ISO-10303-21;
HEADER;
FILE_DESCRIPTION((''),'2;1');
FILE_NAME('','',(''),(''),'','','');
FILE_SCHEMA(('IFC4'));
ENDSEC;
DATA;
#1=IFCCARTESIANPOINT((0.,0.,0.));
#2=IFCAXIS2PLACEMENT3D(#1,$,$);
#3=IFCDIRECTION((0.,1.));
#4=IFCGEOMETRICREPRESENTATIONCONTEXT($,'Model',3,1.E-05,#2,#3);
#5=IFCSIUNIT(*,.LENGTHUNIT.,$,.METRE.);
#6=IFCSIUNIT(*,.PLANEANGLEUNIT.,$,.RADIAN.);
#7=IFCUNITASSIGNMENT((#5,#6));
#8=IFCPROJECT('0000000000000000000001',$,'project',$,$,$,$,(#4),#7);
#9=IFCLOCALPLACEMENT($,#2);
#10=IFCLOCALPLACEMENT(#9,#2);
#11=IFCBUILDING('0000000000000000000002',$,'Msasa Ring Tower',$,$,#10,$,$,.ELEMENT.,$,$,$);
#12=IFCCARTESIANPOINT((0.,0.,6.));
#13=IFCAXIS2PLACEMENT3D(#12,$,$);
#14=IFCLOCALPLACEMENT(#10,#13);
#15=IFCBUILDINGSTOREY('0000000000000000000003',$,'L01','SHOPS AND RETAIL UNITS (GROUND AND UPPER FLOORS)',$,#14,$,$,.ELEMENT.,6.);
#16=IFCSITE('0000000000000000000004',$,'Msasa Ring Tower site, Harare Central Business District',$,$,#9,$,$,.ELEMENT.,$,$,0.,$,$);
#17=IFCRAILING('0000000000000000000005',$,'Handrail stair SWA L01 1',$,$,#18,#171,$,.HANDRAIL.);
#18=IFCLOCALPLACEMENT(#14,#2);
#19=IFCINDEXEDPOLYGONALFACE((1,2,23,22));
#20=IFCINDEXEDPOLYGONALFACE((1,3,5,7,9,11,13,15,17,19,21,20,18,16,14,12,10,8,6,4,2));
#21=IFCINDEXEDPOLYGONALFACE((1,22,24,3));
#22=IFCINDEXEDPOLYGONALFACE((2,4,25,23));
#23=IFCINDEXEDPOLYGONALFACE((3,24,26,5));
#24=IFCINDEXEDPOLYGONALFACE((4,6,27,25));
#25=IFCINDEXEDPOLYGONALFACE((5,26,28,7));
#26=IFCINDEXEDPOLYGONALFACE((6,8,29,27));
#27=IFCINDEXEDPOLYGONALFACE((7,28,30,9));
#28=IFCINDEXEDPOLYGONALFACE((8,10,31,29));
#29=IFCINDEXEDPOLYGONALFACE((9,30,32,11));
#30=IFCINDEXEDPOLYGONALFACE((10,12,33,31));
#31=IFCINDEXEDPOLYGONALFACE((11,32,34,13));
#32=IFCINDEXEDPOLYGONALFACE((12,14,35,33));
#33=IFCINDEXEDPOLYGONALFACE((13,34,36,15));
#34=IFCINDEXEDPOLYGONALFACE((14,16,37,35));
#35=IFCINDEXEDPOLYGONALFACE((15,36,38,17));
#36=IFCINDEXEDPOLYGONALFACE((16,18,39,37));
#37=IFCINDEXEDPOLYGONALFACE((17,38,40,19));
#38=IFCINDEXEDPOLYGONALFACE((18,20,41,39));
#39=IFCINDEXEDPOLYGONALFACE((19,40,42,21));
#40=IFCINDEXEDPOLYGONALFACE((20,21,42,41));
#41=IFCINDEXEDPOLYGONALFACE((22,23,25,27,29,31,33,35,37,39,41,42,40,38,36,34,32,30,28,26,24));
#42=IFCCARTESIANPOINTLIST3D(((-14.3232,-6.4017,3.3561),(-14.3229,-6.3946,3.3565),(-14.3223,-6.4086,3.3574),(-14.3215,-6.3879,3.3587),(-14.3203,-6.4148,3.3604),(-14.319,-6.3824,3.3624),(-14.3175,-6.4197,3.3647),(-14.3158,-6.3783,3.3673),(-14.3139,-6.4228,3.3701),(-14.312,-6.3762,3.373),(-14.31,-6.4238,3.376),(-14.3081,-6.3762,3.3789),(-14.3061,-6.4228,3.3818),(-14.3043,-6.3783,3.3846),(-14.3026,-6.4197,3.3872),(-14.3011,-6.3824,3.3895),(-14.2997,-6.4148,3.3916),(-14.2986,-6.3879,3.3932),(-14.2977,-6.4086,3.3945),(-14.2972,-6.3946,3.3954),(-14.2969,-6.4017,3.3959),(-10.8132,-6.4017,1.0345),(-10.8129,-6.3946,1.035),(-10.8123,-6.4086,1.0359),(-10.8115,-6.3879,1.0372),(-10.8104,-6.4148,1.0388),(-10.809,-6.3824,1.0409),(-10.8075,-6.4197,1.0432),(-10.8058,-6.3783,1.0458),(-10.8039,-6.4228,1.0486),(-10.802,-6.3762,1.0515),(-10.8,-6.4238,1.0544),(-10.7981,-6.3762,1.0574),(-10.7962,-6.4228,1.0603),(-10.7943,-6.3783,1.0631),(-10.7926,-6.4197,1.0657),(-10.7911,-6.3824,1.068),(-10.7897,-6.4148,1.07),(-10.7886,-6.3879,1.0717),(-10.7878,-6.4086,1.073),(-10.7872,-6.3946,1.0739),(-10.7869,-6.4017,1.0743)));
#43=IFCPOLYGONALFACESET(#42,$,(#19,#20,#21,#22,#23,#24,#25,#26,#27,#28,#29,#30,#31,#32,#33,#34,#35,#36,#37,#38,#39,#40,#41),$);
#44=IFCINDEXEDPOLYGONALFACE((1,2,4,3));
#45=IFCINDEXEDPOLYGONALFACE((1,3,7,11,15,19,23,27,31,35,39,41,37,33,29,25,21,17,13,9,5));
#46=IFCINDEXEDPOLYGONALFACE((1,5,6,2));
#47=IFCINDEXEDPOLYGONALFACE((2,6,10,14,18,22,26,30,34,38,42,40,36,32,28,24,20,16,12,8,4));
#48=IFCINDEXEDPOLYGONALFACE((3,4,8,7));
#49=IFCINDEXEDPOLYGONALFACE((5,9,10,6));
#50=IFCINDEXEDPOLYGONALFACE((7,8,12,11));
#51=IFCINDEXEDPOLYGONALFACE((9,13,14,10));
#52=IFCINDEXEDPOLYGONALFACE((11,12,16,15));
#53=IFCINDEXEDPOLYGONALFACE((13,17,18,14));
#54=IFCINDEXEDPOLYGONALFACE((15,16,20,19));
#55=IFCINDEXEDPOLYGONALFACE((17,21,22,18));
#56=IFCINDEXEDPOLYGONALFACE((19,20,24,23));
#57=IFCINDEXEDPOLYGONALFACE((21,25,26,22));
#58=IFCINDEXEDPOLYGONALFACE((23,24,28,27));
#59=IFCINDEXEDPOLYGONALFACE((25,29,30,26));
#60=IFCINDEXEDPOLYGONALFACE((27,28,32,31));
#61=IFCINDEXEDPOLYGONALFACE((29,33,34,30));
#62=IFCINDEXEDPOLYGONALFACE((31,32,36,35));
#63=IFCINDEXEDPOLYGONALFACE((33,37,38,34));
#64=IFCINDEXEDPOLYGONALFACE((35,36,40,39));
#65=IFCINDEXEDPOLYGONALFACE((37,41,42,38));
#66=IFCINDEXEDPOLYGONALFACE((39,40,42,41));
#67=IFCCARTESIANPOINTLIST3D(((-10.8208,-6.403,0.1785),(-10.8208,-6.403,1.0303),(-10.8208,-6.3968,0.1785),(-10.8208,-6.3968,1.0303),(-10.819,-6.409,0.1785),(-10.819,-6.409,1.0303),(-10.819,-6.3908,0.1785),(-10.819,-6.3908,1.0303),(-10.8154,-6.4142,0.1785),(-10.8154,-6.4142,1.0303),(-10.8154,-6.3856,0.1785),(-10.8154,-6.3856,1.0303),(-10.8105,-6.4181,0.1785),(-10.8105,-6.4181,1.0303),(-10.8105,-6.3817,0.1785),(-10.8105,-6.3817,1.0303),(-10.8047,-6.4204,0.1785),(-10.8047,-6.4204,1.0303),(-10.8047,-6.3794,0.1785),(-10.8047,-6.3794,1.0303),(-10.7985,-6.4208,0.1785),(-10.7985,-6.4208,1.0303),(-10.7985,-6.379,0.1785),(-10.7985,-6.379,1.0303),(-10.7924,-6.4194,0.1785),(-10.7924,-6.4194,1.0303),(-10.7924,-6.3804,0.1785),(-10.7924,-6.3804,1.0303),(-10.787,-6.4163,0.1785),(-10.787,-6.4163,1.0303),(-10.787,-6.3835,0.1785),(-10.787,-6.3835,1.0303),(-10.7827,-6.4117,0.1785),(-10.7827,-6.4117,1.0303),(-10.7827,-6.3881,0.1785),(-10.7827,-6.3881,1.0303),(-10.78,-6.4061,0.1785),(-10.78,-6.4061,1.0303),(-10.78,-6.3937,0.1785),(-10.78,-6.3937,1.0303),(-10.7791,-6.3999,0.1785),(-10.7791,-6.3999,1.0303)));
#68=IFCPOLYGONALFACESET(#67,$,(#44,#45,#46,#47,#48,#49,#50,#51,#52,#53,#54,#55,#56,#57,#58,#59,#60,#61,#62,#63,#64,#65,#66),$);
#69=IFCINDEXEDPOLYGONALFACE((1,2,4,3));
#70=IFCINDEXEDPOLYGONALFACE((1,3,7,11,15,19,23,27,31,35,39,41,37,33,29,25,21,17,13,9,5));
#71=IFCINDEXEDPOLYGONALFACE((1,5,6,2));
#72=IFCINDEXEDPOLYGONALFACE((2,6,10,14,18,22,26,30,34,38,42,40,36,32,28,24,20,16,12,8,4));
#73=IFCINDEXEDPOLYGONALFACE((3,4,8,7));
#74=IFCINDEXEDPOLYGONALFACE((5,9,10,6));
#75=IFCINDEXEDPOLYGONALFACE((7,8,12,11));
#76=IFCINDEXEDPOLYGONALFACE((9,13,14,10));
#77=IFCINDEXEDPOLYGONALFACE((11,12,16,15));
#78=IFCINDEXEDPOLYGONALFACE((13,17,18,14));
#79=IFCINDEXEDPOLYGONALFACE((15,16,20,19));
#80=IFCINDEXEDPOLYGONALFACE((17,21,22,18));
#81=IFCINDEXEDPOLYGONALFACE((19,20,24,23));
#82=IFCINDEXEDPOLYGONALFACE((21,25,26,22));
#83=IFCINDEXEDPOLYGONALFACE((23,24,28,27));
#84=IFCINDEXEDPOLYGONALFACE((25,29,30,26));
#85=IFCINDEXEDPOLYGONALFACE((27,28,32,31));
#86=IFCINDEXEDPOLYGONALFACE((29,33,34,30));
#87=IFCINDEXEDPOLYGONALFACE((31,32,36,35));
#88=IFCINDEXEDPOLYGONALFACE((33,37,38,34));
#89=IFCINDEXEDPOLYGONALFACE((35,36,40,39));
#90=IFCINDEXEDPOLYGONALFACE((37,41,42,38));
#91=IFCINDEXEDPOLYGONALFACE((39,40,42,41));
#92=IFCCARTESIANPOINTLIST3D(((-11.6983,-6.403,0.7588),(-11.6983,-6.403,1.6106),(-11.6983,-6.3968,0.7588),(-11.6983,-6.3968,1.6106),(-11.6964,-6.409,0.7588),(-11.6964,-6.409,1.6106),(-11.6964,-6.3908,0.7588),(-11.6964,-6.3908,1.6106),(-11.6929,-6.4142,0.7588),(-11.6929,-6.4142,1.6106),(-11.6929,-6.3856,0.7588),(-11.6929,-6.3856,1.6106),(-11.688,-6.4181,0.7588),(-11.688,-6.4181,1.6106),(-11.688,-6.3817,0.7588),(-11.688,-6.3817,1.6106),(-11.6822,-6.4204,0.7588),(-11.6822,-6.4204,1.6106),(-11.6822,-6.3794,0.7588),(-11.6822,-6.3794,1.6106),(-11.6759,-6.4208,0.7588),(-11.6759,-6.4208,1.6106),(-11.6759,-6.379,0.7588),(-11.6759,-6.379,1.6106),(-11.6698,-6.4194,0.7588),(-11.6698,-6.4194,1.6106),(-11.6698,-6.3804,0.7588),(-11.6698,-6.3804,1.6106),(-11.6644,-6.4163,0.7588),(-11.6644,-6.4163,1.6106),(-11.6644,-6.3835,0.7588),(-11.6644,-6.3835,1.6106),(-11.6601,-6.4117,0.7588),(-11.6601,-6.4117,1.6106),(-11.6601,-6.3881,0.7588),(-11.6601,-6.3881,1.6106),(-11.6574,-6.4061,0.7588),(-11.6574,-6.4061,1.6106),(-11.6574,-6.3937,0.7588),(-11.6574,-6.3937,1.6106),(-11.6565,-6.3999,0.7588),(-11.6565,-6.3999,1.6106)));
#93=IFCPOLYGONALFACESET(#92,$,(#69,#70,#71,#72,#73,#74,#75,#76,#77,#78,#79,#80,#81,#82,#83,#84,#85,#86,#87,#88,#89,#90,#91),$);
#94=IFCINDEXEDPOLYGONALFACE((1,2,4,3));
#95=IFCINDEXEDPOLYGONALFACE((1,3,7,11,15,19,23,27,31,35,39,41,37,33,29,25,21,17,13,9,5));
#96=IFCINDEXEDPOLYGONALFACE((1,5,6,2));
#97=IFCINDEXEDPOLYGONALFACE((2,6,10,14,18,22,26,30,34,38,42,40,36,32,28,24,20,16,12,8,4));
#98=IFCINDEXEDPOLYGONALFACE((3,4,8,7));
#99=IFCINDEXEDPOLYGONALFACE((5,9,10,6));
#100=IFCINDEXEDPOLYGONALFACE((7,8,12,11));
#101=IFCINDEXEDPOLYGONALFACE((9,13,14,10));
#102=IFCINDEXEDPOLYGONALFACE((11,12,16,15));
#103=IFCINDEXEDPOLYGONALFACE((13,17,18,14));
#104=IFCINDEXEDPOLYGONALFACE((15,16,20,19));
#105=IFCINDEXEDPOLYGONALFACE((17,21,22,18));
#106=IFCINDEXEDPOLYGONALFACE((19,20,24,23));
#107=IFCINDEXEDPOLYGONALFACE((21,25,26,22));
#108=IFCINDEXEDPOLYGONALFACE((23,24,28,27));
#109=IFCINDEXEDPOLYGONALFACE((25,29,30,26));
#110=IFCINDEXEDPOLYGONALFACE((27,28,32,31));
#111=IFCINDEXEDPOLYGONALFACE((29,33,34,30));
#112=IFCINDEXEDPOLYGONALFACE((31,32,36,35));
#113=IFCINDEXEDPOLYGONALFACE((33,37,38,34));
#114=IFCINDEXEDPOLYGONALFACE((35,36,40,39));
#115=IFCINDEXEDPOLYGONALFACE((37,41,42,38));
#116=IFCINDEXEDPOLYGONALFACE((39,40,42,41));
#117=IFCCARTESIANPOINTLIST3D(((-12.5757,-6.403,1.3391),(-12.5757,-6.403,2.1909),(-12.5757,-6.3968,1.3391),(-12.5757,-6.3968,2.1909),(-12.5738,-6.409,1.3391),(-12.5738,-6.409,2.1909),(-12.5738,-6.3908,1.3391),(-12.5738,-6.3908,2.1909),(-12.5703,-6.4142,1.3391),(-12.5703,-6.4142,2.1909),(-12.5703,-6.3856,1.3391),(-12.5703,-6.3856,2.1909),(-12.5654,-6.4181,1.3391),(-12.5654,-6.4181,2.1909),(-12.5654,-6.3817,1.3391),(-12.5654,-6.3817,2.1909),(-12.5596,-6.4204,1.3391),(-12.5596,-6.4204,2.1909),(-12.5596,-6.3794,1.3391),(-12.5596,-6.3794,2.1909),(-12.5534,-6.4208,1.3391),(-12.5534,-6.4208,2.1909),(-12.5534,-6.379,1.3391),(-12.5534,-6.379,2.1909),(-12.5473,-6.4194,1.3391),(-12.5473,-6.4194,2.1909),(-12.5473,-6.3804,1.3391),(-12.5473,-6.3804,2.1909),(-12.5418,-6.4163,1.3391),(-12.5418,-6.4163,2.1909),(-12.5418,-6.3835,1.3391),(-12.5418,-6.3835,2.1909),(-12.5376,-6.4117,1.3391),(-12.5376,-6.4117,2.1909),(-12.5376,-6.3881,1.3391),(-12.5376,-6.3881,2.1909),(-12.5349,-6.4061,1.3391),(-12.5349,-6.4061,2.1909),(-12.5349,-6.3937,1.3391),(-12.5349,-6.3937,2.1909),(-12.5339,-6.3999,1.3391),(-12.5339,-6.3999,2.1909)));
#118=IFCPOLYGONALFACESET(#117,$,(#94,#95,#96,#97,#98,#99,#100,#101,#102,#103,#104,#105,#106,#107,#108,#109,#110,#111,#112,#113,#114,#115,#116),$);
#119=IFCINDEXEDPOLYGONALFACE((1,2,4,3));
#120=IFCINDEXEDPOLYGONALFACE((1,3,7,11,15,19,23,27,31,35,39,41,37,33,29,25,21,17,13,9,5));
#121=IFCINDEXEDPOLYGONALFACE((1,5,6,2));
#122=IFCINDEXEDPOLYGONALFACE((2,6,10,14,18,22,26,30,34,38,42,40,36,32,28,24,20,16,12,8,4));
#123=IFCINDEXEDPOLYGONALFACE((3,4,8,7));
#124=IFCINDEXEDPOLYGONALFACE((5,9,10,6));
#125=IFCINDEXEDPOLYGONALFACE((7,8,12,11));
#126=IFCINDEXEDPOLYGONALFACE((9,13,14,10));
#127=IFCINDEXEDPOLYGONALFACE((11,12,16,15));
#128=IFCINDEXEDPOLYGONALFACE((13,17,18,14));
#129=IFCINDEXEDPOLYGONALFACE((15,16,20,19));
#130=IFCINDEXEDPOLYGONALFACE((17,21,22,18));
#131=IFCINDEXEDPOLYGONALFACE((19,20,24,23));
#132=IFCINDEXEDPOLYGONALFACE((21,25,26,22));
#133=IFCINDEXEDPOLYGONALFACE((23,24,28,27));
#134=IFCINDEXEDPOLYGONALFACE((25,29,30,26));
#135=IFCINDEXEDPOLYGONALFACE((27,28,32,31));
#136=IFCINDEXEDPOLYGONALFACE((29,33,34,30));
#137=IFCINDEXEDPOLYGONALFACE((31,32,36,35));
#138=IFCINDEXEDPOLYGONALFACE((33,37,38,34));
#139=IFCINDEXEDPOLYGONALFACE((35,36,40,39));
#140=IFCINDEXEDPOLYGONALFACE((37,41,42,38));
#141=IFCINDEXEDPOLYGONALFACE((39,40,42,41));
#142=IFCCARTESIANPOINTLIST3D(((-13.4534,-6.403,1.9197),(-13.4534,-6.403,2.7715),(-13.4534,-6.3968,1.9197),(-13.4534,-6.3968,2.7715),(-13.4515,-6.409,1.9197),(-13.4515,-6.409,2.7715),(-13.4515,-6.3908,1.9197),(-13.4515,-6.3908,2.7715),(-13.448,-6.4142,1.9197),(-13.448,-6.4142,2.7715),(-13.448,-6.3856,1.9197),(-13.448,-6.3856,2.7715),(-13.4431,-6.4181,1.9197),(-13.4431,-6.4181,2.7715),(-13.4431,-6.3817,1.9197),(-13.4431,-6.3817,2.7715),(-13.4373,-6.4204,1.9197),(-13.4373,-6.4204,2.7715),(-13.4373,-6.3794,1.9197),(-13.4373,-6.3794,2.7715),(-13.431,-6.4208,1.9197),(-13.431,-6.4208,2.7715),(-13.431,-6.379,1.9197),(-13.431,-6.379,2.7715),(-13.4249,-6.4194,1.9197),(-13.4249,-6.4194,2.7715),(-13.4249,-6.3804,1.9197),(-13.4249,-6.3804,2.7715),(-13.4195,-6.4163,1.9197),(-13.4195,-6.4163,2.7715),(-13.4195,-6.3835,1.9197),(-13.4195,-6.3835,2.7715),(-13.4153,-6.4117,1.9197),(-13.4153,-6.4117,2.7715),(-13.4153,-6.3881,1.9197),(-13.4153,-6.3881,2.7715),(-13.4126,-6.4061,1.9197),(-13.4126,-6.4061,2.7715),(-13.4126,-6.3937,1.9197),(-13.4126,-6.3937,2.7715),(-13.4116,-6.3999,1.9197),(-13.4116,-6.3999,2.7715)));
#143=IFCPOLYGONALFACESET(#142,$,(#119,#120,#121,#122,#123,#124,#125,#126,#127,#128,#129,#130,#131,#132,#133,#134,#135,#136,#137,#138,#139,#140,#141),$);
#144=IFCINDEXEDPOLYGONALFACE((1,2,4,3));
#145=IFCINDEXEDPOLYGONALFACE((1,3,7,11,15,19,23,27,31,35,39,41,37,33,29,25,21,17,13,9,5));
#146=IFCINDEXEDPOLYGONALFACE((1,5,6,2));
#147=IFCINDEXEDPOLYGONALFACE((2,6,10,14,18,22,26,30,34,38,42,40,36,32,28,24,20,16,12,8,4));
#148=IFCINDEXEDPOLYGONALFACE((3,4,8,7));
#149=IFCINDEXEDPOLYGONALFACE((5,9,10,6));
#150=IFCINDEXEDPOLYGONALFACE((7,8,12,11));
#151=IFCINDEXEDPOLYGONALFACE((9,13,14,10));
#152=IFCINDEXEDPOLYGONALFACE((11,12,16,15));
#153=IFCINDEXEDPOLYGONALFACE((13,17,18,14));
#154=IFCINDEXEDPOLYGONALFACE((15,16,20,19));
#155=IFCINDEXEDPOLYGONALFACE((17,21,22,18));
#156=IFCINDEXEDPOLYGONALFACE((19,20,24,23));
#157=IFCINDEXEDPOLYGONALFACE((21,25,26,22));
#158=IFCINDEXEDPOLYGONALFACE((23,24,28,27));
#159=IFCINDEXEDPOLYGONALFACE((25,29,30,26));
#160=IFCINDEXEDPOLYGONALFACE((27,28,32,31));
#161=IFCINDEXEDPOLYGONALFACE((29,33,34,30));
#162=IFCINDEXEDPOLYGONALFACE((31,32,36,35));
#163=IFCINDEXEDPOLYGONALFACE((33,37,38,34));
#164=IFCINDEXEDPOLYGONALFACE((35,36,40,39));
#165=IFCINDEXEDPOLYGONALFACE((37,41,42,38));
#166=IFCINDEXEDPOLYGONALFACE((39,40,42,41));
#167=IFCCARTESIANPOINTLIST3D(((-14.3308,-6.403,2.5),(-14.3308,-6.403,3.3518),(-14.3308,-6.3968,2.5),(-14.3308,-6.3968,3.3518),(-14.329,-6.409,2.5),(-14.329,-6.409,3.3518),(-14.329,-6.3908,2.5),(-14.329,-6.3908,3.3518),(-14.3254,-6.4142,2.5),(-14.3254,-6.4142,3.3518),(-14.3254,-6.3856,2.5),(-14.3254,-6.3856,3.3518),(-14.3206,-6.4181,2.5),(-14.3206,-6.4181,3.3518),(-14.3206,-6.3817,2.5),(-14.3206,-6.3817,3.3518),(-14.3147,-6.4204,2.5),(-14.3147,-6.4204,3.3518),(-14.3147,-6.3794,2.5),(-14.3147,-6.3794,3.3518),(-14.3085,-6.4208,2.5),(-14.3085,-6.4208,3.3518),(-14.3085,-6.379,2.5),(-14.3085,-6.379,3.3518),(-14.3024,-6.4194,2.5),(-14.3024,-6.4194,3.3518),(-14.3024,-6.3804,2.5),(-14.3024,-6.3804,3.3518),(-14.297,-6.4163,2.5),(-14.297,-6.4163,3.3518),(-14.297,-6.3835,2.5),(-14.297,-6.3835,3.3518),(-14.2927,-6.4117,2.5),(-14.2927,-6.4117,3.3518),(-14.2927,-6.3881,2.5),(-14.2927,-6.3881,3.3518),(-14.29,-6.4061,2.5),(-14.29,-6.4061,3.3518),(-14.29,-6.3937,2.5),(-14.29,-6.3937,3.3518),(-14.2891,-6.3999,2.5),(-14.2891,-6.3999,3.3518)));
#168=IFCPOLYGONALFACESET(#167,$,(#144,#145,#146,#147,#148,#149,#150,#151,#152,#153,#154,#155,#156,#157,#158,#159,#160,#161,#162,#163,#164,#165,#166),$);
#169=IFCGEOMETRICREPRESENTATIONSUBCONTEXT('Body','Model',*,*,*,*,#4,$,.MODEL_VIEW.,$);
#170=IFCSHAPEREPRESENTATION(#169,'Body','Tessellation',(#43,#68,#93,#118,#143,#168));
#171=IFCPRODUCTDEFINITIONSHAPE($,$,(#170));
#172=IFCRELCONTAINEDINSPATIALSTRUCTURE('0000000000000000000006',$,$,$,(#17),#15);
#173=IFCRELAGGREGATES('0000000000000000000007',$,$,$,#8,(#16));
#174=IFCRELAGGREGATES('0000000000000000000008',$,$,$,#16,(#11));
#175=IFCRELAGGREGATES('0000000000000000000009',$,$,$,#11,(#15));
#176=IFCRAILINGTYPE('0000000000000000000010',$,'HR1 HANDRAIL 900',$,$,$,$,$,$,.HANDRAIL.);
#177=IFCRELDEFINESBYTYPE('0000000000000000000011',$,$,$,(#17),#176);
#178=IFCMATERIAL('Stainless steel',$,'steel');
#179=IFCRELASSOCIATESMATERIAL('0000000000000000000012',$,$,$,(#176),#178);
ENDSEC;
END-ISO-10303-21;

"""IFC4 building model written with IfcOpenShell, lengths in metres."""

from ifc_helpers import new_model, si_unit, direction, frame, origin, origin_2d, place, context, subcontext, project, spatial, circle, extrude, material, type_object, element, save


model = new_model("IFC4")

# Units and contexts
model_context = context("Model", 3, precision=1e-05, world=origin(), true_north=direction((0.0, 1.0)))
body_context = subcontext(model_context, "Body", "Model", "MODEL_VIEW")
ifc_project = project(units=[si_unit("LENGTHUNIT", "METRE"), si_unit("PLANEANGLEUNIT", "RADIAN")], contexts=[model_context])

# Site, building, storey
site_placement = place(None, origin())
site = spatial("IfcSite", under=ifc_project, at=site_placement, Name="Msasa Ring Tower site, Harare Central Business District", CompositionType="ELEMENT", RefElevation=0.0)
building_placement = place(site_placement, origin())
building = spatial("IfcBuilding", under=site, at=building_placement, Name="Msasa Ring Tower", CompositionType="ELEMENT")
storey_placement = place(building_placement, frame((0.0, 0.0, 6.0)))
storey = spatial("IfcBuildingStorey", under=building, at=storey_placement, Name="L01", Description="SHOPS AND RETAIL UNITS (GROUND AND UPPER FLOORS)", CompositionType="ELEMENT", Elevation=6.0)

# Railing
ifc_material_1 = material(Name="Stainless steel", Category="steel")
railing_type = type_object("IfcRailingType", Name="HR1 HANDRAIL 900", PredefinedType="HANDRAIL", material=ifc_material_1)
for number, where, name in (
    (1, (-10.8, -6.3999, 0.1785), "Handrail stair SWA L01 1"),
):
    element("IfcRailing", number, at=place(storey_placement, frame(where)), inside=storey, type_object=railing_type, Name=name, PredefinedType="HANDRAIL", context=body_context, shape_type="SweptSolid", body=[
        extrude(circle(Radius=0.0239, at=origin_2d()), frame((0.0, 0.0, 0.876), z_axis=(-0.834071, 0.0, 0.551657), x_axis=(0.0, -1.0, 0.0)), (0.0, 0.0, 1.0), 4.2083),
        extrude(circle(Radius=0.021, at=origin_2d()), origin(), (0.0, 0.0, 1.0), 0.8518),
        extrude(circle(Radius=0.021, at=origin_2d()), frame((-0.8774, 0.0, 0.5803)), (0.0, 0.0, 1.0), 0.8518),
        extrude(circle(Radius=0.021, at=origin_2d()), frame((-1.7549, 0.0, 1.1606)), (0.0, 0.0, 1.0), 0.8518),
        extrude(circle(Radius=0.021, at=origin_2d()), frame((-2.6326, 0.0, 1.7412)), (0.0, 0.0, 1.0), 0.8518),
        extrude(circle(Radius=0.021, at=origin_2d()), frame((-3.51, 0.0, 2.3215)), (0.0, 0.0, 1.0), 0.8518),
    ])

save(model, "model.ifc")
